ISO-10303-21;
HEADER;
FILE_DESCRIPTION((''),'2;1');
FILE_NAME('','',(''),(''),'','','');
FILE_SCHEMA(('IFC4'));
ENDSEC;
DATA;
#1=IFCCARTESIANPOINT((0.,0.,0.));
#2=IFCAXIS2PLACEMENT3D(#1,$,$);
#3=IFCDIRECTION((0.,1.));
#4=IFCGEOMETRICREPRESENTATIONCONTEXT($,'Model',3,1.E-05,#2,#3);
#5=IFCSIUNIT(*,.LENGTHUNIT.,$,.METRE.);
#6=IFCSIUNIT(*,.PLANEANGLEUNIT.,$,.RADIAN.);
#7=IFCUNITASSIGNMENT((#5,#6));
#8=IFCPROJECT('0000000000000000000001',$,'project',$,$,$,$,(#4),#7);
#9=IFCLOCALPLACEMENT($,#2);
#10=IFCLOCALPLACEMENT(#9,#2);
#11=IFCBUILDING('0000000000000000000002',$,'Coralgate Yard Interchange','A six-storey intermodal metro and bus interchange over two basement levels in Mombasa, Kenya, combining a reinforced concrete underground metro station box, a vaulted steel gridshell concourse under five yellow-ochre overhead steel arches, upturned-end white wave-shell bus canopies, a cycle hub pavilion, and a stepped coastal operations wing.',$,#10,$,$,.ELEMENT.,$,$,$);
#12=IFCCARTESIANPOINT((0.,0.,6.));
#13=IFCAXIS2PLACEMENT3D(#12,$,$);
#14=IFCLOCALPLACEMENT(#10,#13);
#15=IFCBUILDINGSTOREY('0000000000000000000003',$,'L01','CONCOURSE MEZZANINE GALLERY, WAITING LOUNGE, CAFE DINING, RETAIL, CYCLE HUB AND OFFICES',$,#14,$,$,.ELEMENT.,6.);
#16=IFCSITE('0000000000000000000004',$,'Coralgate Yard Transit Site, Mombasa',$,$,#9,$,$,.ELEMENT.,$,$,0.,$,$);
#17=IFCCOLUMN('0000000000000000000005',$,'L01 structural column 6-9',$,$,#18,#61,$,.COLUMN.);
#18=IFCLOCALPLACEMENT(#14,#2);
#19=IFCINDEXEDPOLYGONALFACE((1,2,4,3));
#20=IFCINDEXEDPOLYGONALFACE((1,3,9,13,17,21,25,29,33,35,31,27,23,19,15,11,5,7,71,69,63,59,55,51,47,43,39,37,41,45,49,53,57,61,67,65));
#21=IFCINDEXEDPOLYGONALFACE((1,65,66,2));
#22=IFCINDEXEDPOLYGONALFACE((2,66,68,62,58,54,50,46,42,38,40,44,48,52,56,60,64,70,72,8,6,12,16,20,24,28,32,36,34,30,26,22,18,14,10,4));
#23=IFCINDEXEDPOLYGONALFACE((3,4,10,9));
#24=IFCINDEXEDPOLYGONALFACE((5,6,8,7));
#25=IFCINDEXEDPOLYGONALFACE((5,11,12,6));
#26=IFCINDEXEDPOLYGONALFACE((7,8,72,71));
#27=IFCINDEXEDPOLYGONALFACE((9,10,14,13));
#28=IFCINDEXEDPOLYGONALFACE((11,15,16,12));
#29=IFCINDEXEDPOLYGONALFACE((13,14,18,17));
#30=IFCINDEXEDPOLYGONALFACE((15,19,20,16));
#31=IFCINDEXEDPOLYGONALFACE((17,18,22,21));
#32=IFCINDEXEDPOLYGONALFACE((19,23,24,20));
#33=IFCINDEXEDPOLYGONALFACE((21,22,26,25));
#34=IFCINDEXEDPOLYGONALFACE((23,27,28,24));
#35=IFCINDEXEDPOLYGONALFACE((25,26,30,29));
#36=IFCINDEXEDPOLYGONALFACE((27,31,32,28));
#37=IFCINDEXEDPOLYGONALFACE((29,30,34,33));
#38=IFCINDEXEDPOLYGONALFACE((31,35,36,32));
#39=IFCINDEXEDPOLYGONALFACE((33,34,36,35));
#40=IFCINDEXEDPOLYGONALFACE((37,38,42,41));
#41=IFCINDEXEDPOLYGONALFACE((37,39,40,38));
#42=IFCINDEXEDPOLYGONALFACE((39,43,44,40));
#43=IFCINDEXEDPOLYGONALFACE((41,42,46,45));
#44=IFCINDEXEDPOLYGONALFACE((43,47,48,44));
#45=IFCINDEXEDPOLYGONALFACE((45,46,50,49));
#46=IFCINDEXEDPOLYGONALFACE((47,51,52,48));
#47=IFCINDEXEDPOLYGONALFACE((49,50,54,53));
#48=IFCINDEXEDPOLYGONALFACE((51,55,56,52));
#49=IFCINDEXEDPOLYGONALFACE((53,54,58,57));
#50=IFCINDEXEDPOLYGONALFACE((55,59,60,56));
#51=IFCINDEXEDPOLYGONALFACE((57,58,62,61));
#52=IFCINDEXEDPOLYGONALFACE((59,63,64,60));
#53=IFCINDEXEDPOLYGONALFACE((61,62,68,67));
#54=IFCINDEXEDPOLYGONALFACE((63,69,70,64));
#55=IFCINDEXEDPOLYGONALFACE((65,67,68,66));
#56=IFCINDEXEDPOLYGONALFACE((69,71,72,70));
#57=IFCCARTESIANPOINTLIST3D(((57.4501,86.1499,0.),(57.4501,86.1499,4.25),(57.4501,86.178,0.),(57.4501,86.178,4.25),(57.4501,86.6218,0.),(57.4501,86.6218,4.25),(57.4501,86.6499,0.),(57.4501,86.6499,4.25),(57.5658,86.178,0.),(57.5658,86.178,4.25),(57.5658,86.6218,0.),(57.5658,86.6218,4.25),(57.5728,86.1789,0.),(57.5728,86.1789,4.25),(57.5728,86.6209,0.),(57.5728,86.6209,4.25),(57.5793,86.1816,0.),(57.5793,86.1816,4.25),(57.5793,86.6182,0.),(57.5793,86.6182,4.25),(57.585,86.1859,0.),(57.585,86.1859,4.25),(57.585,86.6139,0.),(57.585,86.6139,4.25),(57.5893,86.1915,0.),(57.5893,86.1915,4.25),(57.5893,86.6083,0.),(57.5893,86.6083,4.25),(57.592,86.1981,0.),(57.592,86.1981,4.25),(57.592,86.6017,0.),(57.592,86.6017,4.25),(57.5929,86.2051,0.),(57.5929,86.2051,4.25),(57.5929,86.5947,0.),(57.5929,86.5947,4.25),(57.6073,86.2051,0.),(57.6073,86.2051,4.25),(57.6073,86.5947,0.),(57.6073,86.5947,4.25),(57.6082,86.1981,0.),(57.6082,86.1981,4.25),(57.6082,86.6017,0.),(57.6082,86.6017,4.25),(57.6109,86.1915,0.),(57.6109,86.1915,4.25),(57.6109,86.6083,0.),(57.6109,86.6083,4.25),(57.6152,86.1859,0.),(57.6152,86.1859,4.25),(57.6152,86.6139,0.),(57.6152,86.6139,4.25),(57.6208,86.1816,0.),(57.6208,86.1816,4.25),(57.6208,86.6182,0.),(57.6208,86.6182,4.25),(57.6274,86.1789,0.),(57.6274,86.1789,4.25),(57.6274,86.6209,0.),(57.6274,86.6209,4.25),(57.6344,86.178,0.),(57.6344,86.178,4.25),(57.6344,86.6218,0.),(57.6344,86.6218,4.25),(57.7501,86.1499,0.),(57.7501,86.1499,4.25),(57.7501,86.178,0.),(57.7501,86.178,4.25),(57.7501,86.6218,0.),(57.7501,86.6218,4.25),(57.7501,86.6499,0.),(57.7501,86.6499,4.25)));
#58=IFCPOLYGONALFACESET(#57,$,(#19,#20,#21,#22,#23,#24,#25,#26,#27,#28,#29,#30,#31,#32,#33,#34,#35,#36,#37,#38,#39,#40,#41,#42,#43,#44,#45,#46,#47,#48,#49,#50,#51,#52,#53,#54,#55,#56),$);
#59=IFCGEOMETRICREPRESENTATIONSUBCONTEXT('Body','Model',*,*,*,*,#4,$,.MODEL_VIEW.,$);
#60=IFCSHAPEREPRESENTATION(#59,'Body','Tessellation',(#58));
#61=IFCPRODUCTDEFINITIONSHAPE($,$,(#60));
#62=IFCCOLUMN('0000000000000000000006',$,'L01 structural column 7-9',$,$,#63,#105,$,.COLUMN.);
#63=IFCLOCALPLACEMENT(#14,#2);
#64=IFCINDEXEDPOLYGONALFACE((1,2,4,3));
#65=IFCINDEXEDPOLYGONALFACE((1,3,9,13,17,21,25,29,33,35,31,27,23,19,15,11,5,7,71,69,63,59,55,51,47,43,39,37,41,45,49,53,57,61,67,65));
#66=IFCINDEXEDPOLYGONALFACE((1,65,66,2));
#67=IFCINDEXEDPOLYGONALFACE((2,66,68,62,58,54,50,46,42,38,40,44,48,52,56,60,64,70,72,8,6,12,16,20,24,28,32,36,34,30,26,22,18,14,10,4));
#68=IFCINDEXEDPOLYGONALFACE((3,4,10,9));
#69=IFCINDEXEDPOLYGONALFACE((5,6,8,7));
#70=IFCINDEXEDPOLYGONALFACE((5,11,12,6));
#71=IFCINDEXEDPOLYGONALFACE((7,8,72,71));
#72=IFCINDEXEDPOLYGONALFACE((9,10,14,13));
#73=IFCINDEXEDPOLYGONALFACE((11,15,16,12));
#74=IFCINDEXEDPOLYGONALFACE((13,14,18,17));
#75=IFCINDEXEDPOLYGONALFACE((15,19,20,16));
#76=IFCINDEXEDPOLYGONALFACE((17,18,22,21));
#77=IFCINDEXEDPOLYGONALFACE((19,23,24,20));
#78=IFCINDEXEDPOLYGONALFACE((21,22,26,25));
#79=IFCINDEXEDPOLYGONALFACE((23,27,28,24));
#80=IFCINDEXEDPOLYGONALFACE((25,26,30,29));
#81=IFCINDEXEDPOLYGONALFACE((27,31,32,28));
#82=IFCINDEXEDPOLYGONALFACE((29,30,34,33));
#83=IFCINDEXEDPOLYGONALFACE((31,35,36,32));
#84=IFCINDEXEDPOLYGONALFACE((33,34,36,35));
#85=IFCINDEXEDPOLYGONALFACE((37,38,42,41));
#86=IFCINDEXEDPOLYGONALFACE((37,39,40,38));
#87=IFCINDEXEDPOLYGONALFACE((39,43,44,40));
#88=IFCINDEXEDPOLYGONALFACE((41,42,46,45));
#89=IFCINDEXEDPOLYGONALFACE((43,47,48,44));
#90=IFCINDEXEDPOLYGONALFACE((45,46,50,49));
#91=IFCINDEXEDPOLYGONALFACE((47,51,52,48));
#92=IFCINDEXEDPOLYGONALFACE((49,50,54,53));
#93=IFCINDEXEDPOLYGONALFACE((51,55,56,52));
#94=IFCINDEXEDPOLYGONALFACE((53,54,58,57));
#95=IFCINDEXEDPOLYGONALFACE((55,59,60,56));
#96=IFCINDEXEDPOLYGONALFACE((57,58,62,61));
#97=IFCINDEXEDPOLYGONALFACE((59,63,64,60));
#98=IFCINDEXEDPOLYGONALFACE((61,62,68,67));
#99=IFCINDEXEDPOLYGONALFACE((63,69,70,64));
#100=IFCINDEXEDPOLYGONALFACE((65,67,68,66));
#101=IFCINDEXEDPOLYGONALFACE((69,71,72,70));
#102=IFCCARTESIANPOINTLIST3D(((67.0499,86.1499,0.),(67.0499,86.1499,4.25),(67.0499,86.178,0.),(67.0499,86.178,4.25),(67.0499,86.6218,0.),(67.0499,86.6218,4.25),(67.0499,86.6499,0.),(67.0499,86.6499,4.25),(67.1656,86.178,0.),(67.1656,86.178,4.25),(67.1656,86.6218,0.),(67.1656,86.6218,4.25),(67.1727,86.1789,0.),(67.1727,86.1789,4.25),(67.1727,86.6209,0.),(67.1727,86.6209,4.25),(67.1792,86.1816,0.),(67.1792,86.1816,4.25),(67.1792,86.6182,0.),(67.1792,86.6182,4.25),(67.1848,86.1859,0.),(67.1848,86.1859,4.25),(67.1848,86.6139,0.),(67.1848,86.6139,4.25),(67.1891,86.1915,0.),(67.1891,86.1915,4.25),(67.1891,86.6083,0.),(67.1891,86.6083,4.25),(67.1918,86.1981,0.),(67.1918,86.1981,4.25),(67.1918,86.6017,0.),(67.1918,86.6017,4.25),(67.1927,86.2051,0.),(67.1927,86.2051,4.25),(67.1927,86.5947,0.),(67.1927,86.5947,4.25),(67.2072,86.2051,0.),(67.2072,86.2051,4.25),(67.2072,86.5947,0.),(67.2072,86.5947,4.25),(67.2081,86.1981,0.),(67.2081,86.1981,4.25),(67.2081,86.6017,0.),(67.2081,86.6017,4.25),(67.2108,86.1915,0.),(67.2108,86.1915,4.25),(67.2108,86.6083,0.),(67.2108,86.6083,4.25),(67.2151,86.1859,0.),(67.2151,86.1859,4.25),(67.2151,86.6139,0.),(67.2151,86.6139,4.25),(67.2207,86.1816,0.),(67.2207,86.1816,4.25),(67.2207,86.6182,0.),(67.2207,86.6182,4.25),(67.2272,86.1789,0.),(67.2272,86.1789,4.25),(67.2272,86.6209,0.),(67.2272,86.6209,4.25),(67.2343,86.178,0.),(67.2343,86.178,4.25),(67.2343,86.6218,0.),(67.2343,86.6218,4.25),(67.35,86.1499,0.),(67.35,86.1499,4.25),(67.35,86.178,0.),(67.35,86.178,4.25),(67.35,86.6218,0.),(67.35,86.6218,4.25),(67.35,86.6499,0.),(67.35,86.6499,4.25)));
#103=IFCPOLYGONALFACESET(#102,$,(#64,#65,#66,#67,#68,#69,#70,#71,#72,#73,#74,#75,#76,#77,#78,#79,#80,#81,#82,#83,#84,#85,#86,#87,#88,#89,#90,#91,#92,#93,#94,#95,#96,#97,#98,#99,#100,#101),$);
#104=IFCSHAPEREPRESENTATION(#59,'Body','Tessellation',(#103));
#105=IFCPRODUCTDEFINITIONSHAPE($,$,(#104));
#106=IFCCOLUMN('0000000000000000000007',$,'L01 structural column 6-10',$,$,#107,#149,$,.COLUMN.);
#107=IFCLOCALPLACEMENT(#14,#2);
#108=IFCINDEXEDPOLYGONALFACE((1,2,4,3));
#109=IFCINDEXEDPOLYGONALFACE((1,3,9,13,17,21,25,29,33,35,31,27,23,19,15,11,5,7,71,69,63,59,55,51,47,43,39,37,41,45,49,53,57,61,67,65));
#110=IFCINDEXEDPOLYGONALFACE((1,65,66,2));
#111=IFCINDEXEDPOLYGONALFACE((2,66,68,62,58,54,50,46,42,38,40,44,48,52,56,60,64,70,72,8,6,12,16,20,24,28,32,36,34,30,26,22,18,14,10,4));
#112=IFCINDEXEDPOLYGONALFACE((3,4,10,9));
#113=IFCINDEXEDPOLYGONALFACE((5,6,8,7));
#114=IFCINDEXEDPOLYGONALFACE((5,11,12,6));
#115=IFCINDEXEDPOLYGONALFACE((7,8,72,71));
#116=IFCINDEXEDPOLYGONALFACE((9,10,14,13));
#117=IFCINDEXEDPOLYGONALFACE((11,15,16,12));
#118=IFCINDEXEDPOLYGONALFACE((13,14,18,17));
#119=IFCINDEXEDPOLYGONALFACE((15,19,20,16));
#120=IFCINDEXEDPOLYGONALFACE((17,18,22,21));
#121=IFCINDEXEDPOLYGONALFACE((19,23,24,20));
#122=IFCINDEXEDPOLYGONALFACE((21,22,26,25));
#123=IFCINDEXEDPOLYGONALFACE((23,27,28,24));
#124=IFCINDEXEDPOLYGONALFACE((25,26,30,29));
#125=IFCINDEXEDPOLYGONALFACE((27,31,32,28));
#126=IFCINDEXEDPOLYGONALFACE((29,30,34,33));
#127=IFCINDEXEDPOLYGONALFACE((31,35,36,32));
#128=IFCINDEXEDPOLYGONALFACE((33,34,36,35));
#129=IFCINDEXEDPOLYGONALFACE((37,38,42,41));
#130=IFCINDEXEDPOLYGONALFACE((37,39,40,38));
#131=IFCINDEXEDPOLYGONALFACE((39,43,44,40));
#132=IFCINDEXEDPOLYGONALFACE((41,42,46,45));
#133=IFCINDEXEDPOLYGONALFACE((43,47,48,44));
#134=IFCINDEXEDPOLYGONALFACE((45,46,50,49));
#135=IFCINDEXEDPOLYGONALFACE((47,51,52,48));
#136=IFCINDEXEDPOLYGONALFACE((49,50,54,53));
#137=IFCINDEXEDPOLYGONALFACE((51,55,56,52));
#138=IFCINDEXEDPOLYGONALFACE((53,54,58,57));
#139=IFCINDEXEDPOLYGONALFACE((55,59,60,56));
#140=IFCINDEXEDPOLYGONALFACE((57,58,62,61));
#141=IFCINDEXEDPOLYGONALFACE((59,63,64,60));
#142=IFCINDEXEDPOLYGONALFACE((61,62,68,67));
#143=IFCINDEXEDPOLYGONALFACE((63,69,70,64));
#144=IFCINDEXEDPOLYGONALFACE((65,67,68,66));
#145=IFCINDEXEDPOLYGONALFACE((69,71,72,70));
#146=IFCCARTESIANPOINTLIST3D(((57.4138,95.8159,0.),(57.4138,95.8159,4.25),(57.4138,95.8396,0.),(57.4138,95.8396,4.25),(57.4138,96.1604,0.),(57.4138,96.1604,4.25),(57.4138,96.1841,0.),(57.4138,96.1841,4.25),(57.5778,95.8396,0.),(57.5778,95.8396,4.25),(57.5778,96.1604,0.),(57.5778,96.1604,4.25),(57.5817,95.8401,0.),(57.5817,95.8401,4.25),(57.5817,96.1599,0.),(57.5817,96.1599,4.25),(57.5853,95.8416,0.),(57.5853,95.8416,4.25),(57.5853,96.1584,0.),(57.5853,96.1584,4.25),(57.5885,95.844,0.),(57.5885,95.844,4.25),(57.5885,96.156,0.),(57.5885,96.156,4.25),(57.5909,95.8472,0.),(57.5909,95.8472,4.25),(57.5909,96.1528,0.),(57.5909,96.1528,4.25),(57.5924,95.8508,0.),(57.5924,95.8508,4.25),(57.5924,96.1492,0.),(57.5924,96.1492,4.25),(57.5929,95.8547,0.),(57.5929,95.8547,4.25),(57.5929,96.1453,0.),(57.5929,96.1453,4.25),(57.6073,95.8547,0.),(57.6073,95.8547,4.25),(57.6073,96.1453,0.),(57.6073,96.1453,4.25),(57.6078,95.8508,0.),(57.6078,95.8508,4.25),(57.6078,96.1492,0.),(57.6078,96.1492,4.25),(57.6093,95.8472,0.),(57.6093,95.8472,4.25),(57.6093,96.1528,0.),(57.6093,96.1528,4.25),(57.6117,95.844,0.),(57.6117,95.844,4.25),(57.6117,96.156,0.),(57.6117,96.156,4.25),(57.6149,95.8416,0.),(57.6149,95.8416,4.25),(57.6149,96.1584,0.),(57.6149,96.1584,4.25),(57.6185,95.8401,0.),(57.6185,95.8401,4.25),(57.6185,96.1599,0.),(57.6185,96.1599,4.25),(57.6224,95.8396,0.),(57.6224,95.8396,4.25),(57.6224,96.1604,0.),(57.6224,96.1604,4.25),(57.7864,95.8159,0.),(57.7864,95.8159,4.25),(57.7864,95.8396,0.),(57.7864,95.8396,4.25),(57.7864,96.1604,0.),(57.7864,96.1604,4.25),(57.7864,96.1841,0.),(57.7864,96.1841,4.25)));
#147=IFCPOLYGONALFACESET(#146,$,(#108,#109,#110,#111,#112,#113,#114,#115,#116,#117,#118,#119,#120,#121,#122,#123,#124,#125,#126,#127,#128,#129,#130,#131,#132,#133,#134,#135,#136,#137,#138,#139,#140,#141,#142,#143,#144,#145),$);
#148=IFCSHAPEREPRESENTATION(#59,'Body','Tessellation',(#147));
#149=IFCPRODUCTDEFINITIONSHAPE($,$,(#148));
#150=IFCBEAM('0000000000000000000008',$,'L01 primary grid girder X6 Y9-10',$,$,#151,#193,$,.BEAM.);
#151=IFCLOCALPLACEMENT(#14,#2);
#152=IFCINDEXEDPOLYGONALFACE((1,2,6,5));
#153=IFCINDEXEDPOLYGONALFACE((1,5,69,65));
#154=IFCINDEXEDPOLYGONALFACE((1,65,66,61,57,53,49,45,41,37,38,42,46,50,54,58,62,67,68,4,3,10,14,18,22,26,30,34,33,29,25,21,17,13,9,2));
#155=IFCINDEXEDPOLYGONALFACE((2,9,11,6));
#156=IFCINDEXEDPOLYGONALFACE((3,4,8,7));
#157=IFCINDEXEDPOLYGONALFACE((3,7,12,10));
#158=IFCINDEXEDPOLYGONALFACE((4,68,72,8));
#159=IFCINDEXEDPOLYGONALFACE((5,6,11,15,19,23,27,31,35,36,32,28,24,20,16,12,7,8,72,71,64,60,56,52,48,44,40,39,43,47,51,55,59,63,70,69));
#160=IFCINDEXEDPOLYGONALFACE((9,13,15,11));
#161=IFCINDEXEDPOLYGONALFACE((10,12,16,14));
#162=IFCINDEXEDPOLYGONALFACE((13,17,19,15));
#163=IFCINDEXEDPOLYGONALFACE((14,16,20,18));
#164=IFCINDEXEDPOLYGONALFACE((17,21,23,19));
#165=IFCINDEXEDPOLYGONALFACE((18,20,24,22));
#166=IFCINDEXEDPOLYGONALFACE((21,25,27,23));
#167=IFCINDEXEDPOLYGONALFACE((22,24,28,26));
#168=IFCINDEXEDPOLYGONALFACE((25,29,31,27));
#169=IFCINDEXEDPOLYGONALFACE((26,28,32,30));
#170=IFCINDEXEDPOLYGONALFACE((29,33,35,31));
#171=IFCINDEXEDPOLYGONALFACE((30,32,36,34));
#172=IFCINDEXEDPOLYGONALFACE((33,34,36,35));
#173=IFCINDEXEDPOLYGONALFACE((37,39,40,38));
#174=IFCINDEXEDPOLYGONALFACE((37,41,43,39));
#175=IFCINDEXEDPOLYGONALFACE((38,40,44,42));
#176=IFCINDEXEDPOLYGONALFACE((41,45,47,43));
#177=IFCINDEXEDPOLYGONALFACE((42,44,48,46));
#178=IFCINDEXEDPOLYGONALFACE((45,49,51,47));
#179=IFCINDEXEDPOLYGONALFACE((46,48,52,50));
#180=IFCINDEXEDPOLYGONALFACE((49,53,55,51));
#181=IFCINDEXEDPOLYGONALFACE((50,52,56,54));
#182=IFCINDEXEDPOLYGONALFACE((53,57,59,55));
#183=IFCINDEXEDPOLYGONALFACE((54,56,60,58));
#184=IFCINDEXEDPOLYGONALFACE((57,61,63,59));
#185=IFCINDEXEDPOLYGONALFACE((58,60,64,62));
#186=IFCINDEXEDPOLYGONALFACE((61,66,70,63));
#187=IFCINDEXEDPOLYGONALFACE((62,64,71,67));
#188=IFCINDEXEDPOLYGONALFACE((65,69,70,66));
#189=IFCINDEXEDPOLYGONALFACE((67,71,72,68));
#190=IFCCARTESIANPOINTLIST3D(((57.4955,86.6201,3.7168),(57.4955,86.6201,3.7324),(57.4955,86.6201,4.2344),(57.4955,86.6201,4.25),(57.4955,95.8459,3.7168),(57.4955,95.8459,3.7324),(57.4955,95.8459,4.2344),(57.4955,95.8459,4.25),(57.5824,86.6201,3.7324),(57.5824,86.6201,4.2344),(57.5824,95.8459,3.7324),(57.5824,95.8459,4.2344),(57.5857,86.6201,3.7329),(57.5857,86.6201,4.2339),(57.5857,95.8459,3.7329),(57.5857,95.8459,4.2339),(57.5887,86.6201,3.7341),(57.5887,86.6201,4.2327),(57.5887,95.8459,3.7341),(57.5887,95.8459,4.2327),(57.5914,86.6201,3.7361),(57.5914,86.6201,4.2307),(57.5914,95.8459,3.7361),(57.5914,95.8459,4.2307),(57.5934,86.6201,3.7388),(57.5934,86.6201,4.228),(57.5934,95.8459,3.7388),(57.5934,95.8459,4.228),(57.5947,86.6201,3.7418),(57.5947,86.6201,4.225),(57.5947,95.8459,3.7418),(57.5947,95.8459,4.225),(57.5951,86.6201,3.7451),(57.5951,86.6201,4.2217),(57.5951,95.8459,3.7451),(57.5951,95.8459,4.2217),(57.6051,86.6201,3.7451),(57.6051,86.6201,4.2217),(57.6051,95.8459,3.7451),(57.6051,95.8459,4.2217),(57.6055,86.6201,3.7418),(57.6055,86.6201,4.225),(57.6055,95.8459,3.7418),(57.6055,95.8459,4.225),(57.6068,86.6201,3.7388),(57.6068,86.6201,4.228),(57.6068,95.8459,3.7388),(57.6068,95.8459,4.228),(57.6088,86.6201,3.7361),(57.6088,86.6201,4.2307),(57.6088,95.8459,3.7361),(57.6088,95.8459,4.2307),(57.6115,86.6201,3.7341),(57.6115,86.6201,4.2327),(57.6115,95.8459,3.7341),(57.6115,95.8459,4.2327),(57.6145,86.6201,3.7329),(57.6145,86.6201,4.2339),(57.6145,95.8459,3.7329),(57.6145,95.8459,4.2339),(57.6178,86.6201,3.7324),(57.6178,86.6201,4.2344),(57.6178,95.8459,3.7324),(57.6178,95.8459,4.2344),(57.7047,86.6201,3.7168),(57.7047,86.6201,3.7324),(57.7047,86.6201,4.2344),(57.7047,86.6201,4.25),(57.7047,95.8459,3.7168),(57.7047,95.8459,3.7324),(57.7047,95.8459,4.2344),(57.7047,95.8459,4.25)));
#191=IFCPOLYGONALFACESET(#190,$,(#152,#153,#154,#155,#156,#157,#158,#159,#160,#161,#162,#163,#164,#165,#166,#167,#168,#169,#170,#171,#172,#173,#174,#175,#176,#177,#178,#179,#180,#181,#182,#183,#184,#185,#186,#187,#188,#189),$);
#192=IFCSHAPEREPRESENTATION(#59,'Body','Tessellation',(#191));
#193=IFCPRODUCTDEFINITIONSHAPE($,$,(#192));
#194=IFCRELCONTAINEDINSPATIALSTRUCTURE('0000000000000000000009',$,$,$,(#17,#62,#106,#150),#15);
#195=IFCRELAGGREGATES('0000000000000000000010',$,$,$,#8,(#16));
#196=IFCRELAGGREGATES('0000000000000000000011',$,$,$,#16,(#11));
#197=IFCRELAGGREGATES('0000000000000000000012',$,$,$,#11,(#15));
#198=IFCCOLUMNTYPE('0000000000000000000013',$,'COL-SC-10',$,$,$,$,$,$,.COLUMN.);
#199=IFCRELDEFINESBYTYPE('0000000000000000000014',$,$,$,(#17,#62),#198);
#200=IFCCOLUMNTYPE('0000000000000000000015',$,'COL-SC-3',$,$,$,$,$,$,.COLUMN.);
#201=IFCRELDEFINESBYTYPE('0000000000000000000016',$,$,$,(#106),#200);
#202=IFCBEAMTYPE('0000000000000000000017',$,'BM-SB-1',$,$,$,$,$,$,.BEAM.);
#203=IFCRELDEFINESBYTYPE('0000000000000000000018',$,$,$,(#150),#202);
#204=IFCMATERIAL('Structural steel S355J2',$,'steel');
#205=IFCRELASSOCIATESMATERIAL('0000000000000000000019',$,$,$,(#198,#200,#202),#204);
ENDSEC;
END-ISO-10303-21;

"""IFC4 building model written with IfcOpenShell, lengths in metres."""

from ifc_helpers import new_model, si_unit, direction, frame, origin, origin_2d, place, context, subcontext, project, spatial, i_section, extrude, material, material_profile, profile_set, type_object, element, save


model = new_model("IFC4")

# Units and contexts
model_context = context("Model", 3, precision=1e-05, world=origin(), true_north=direction((0.0, 1.0)))
body_context = subcontext(model_context, "Body", "Model", "MODEL_VIEW")
ifc_project = project(units=[si_unit("LENGTHUNIT", "METRE"), si_unit("PLANEANGLEUNIT", "RADIAN")], contexts=[model_context])

# Site, building, storey
site_placement = place(None, origin())
site = spatial("IfcSite", under=ifc_project, at=site_placement, Name="Coralgate Yard Transit Site, Mombasa", CompositionType="ELEMENT", RefElevation=0.0)
building_placement = place(site_placement, origin())
building = spatial("IfcBuilding", under=site, at=building_placement, Name="Coralgate Yard Interchange", Description="A six-storey intermodal metro and bus interchange over two basement levels in Mombasa, Kenya, combining a reinforced concrete underground metro station box, a vaulted steel gridshell concourse under five yellow-ochre overhead steel arches, upturned-end white wave-shell bus canopies, a cycle hub pavilion, and a stepped coastal operations wing.", CompositionType="ELEMENT")
storey_placement = place(building_placement, frame((0.0, 0.0, 6.0)))
storey = spatial("IfcBuildingStorey", under=building, at=storey_placement, Name="L01", Description="CONCOURSE MEZZANINE GALLERY, WAITING LOUNGE, CAFE DINING, RETAIL, CYCLE HUB AND OFFICES", CompositionType="ELEMENT", Elevation=6.0)

# Columns
ifc_material_1 = material(Name="Structural steel S355J2", Category="steel")
ifc_material_profile_1 = material_profile(ifc_material_1, i_section(OverallWidth=0.3, OverallDepth=0.5, WebThickness=0.0144, FlangeThickness=0.0281, FilletRadius=0.0271, at=origin_2d()), Name="HEB 500")
ifc_profile_set_1 = profile_set([ifc_material_profile_1], Name="Structural steel S355J2")
column_type_1 = type_object("IfcColumnType", Name="COL-SC-10", PredefinedType="COLUMN", material=ifc_profile_set_1)
for number, where, z_axis, x_axis, name in (
    (1, (57.6001, 86.3999, 0.0), (0.0, 0.0, 1.0), (1.0, 0.0, 0.0), "L01 structural column 6-9"),
    (2, (67.2, 86.3999, 0.0), (0.0, 0.0, 1.0), (1.0, 0.0, 0.0), "L01 structural column 7-9"),
):
    element("IfcColumn", number, at=place(storey_placement, frame(where, z_axis=z_axis, x_axis=x_axis)), inside=storey, type_object=column_type_1, Name=name, PredefinedType="COLUMN", context=body_context, shape_type="SweptSolid", body=[
        extrude(i_section(OverallWidth=0.3, OverallDepth=0.5, WebThickness=0.0144, FlangeThickness=0.0281, FilletRadius=0.0271, at=origin_2d()), origin(), (0.0, 0.0, 1.0), 4.25),
    ])
ifc_material_profile_2 = material_profile(ifc_material_1, i_section(OverallWidth=0.3726, OverallDepth=0.3682, WebThickness=0.0144, FlangeThickness=0.0237, FilletRadius=0.0151, at=origin_2d()), Name="UC 356x368x177")
ifc_profile_set_2 = profile_set([ifc_material_profile_2], Name="Structural steel S355J2")
column_type_2 = type_object("IfcColumnType", Name="COL-SC-3", PredefinedType="COLUMN", material=ifc_profile_set_2)
column_placement = place(storey_placement, frame((57.6001, 96.0, 0.0), z_axis=(0.0, 0.0, 1.0), x_axis=(1.0, 0.0, 0.0)))
element("IfcColumn", 3, at=column_placement, inside=storey, type_object=column_type_2, Name="L01 structural column 6-10", PredefinedType="COLUMN", context=body_context, shape_type="SweptSolid", body=[
    extrude(i_section(OverallWidth=0.3726, OverallDepth=0.3682, WebThickness=0.0144, FlangeThickness=0.0237, FilletRadius=0.0151, at=origin_2d()), origin(), (0.0, 0.0, 1.0), 4.25),
])

# Beam
ifc_material_profile_3 = material_profile(ifc_material_1, i_section(OverallWidth=0.2092, OverallDepth=0.5332, WebThickness=0.01, FlangeThickness=0.0156, FilletRadius=0.0127, at=origin_2d()), Name="UB 533x210x92")
ifc_profile_set_3 = profile_set([ifc_material_profile_3], Name="Structural steel S355J2")
beam_type_1 = type_object("IfcBeamType", Name="BM-SB-1", PredefinedType="BEAM", material=ifc_profile_set_3)
for number, where, z_axis, x_axis, name in (
    (4, (57.6001, 86.6201, 3.9834), (0.0, 1.0, 0.0), (-1.0, 0.0, 0.0), "L01 primary grid girder X6 Y9-10"),
):
    element("IfcBeam", number, at=place(storey_placement, frame(where, z_axis=z_axis, x_axis=x_axis)), inside=storey, type_object=beam_type_1, Name=name, PredefinedType="BEAM", context=body_context, shape_type="SweptSolid", body=[
        extrude(i_section(OverallWidth=0.2092, OverallDepth=0.5332, WebThickness=0.01, FlangeThickness=0.0156, FilletRadius=0.0127, at=origin_2d()), origin(), (0.0, 0.0, 1.0), 9.2258),
    ])

save(model, "model.ifc")
